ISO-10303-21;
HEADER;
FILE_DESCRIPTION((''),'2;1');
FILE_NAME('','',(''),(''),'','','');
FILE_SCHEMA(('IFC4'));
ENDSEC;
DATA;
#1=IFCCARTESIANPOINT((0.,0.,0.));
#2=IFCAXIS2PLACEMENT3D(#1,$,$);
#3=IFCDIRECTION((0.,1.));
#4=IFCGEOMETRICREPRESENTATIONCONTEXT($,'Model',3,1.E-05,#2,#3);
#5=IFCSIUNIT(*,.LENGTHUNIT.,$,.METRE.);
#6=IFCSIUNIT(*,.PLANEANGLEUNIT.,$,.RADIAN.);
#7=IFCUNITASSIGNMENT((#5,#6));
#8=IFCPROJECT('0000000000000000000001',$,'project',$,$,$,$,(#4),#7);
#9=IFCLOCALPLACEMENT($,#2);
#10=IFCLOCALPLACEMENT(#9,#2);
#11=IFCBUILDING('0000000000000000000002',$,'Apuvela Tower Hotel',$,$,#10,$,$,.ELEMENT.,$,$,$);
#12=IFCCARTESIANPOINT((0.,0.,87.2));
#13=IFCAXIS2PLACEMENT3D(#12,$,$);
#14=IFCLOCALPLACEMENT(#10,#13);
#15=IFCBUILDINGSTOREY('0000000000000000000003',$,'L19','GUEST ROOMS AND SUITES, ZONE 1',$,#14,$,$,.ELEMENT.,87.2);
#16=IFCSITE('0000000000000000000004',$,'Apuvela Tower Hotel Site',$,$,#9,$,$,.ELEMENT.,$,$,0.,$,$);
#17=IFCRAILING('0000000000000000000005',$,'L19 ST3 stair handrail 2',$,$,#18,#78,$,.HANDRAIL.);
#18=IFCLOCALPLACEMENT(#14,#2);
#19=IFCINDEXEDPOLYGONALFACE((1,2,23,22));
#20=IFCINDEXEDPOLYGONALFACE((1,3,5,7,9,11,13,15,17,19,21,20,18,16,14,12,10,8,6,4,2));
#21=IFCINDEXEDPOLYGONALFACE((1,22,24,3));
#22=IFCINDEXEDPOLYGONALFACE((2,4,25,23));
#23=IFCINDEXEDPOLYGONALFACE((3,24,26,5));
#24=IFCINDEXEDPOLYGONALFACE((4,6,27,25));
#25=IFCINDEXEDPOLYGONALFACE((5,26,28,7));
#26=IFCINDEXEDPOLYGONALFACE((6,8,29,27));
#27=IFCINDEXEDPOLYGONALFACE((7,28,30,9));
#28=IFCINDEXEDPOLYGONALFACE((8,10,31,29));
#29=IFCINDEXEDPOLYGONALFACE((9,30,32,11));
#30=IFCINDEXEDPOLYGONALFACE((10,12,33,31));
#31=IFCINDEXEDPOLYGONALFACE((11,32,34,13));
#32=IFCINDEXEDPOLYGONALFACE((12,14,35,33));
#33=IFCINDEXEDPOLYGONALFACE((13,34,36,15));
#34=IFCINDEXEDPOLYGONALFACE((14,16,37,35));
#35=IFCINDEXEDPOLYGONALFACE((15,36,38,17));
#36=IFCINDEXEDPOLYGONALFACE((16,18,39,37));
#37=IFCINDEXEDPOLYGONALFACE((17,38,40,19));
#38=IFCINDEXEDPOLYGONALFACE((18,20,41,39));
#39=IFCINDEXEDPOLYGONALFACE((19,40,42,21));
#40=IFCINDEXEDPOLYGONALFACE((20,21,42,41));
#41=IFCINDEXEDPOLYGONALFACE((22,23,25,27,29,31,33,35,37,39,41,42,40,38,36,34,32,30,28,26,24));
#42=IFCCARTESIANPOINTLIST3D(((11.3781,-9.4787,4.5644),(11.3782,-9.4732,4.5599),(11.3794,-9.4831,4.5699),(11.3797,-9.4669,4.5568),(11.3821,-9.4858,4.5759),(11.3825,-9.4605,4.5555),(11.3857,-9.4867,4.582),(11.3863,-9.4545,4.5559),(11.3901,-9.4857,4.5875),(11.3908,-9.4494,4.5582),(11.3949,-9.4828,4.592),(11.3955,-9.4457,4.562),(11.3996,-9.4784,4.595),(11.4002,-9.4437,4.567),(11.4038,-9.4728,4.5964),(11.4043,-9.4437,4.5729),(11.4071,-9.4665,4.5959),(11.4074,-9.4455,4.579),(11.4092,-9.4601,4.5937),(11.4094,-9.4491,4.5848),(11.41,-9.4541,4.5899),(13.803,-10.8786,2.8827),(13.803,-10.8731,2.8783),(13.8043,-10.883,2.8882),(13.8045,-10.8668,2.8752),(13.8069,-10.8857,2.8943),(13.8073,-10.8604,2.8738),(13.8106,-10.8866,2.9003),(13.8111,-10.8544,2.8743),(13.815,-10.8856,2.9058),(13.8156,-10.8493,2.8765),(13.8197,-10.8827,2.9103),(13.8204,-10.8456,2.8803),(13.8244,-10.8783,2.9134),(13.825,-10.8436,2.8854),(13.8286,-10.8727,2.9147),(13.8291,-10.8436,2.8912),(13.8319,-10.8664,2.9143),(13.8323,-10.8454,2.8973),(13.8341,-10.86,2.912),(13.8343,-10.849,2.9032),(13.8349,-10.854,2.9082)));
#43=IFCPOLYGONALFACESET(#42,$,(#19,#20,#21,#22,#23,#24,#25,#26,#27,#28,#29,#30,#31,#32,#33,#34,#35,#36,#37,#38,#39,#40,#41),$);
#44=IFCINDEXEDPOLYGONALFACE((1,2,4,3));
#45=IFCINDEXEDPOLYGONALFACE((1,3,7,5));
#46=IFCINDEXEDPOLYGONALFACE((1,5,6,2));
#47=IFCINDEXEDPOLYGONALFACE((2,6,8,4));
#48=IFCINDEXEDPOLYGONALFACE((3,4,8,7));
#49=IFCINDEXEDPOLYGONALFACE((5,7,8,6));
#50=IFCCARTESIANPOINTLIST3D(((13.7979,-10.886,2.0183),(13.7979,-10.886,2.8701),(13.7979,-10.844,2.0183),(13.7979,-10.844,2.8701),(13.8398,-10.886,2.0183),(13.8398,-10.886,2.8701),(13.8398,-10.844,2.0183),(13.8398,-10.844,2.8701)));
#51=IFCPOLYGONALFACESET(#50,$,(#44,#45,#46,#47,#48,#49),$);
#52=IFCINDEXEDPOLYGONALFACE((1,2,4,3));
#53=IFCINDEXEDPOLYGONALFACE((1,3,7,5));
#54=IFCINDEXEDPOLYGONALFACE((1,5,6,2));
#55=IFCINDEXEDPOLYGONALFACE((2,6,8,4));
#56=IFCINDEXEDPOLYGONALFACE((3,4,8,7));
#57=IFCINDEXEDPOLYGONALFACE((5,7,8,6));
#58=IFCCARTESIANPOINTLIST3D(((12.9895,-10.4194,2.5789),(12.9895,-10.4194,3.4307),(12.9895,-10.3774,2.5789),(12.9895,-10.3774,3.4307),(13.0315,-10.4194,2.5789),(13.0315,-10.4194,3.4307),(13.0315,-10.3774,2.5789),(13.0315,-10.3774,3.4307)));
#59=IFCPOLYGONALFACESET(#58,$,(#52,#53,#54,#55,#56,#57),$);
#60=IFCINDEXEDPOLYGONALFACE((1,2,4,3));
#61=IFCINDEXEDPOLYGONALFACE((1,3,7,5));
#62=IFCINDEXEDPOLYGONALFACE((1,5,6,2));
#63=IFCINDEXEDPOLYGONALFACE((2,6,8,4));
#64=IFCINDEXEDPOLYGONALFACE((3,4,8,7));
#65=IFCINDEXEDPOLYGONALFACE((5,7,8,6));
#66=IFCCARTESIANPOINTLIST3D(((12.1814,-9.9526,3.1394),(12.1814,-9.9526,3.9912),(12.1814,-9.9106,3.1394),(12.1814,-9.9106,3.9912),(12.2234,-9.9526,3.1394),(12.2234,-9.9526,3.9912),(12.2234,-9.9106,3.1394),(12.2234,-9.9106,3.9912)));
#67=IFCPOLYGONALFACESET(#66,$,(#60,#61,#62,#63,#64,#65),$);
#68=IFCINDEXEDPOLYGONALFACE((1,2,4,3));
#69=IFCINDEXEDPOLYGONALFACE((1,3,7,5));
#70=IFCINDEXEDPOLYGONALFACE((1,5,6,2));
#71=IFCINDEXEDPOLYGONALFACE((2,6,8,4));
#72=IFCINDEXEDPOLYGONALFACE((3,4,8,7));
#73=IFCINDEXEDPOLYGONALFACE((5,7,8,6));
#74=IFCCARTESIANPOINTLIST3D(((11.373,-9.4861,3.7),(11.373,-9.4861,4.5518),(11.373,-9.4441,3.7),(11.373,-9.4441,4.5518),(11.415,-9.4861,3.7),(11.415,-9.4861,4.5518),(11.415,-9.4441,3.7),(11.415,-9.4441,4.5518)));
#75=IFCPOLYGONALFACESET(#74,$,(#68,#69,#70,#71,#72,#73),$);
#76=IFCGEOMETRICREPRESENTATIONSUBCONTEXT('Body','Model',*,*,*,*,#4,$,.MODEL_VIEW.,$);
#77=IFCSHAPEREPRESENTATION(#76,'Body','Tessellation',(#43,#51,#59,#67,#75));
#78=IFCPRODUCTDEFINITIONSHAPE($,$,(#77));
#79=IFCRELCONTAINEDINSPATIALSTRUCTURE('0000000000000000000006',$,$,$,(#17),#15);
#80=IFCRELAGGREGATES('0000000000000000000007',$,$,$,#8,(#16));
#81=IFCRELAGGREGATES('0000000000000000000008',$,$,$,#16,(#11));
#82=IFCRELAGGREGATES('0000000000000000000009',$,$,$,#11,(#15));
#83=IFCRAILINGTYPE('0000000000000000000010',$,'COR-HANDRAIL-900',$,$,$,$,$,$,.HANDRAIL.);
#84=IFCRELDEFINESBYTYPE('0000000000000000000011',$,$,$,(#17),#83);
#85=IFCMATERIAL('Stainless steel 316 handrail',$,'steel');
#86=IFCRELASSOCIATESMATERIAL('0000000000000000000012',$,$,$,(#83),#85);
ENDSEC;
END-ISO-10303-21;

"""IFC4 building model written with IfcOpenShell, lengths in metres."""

from ifc_helpers import new_model, si_unit, direction, frame, origin, origin_2d, place, context, subcontext, project, spatial, rectangle, circle, extrude, material, type_object, element, save


model = new_model("IFC4")

# Units and contexts
model_context = context("Model", 3, precision=1e-05, world=origin(), true_north=direction((0.0, 1.0)))
body_context = subcontext(model_context, "Body", "Model", "MODEL_VIEW")
ifc_project = project(units=[si_unit("LENGTHUNIT", "METRE"), si_unit("PLANEANGLEUNIT", "RADIAN")], contexts=[model_context])

# Site, building, storey
site_placement = place(None, origin())
site = spatial("IfcSite", under=ifc_project, at=site_placement, Name="Apuvela Tower Hotel Site", CompositionType="ELEMENT", RefElevation=0.0)
building_placement = place(site_placement, origin())
building = spatial("IfcBuilding", under=site, at=building_placement, Name="Apuvela Tower Hotel", CompositionType="ELEMENT")
storey_placement = place(building_placement, frame((0.0, 0.0, 87.2)))
storey = spatial("IfcBuildingStorey", under=building, at=storey_placement, Name="L19", Description="GUEST ROOMS AND SUITES, ZONE 1", CompositionType="ELEMENT", Elevation=87.2)

# Railing
ifc_material_1 = material(Name="Stainless steel 316 handrail", Category="steel")
railing_type_1 = type_object("IfcRailingType", Name="COR-HANDRAIL-900", PredefinedType="HANDRAIL", material=ifc_material_1)
railing_1_placement = place(storey_placement, frame((13.8188, -10.865, 2.0183)))
element("IfcRailing", 1, at=railing_1_placement, inside=storey, type_object=railing_type_1, Name="L19 ST3 stair handrail 2", PredefinedType="HANDRAIL", context=body_context, shape_type="SweptSolid", body=[
    extrude(circle(Radius=0.0239, at=origin_2d()), frame((0.0, 0.0, 0.876), z_axis=(-0.742419, 0.428618, 0.514879), x_axis=(-0.499984, -0.866035, 0.0)), (0.0, 0.0, 1.0), 3.2661),
    extrude(rectangle(XDim=0.042, YDim=0.042, at=origin_2d()), origin(), (0.0, 0.0, 1.0), 0.8518),
    extrude(rectangle(XDim=0.042, YDim=0.042, at=origin_2d()), frame((-0.8083, 0.4666, 0.5605)), (0.0, 0.0, 1.0), 0.8518),
    extrude(rectangle(XDim=0.042, YDim=0.042, at=origin_2d()), frame((-1.6165, 0.9333, 1.1211)), (0.0, 0.0, 1.0), 0.8518),
    extrude(rectangle(XDim=0.042, YDim=0.042, at=origin_2d()), frame((-2.4248, 1.3999, 1.6816)), (0.0, 0.0, 1.0), 0.8518),
])

save(model, "model.ifc")
